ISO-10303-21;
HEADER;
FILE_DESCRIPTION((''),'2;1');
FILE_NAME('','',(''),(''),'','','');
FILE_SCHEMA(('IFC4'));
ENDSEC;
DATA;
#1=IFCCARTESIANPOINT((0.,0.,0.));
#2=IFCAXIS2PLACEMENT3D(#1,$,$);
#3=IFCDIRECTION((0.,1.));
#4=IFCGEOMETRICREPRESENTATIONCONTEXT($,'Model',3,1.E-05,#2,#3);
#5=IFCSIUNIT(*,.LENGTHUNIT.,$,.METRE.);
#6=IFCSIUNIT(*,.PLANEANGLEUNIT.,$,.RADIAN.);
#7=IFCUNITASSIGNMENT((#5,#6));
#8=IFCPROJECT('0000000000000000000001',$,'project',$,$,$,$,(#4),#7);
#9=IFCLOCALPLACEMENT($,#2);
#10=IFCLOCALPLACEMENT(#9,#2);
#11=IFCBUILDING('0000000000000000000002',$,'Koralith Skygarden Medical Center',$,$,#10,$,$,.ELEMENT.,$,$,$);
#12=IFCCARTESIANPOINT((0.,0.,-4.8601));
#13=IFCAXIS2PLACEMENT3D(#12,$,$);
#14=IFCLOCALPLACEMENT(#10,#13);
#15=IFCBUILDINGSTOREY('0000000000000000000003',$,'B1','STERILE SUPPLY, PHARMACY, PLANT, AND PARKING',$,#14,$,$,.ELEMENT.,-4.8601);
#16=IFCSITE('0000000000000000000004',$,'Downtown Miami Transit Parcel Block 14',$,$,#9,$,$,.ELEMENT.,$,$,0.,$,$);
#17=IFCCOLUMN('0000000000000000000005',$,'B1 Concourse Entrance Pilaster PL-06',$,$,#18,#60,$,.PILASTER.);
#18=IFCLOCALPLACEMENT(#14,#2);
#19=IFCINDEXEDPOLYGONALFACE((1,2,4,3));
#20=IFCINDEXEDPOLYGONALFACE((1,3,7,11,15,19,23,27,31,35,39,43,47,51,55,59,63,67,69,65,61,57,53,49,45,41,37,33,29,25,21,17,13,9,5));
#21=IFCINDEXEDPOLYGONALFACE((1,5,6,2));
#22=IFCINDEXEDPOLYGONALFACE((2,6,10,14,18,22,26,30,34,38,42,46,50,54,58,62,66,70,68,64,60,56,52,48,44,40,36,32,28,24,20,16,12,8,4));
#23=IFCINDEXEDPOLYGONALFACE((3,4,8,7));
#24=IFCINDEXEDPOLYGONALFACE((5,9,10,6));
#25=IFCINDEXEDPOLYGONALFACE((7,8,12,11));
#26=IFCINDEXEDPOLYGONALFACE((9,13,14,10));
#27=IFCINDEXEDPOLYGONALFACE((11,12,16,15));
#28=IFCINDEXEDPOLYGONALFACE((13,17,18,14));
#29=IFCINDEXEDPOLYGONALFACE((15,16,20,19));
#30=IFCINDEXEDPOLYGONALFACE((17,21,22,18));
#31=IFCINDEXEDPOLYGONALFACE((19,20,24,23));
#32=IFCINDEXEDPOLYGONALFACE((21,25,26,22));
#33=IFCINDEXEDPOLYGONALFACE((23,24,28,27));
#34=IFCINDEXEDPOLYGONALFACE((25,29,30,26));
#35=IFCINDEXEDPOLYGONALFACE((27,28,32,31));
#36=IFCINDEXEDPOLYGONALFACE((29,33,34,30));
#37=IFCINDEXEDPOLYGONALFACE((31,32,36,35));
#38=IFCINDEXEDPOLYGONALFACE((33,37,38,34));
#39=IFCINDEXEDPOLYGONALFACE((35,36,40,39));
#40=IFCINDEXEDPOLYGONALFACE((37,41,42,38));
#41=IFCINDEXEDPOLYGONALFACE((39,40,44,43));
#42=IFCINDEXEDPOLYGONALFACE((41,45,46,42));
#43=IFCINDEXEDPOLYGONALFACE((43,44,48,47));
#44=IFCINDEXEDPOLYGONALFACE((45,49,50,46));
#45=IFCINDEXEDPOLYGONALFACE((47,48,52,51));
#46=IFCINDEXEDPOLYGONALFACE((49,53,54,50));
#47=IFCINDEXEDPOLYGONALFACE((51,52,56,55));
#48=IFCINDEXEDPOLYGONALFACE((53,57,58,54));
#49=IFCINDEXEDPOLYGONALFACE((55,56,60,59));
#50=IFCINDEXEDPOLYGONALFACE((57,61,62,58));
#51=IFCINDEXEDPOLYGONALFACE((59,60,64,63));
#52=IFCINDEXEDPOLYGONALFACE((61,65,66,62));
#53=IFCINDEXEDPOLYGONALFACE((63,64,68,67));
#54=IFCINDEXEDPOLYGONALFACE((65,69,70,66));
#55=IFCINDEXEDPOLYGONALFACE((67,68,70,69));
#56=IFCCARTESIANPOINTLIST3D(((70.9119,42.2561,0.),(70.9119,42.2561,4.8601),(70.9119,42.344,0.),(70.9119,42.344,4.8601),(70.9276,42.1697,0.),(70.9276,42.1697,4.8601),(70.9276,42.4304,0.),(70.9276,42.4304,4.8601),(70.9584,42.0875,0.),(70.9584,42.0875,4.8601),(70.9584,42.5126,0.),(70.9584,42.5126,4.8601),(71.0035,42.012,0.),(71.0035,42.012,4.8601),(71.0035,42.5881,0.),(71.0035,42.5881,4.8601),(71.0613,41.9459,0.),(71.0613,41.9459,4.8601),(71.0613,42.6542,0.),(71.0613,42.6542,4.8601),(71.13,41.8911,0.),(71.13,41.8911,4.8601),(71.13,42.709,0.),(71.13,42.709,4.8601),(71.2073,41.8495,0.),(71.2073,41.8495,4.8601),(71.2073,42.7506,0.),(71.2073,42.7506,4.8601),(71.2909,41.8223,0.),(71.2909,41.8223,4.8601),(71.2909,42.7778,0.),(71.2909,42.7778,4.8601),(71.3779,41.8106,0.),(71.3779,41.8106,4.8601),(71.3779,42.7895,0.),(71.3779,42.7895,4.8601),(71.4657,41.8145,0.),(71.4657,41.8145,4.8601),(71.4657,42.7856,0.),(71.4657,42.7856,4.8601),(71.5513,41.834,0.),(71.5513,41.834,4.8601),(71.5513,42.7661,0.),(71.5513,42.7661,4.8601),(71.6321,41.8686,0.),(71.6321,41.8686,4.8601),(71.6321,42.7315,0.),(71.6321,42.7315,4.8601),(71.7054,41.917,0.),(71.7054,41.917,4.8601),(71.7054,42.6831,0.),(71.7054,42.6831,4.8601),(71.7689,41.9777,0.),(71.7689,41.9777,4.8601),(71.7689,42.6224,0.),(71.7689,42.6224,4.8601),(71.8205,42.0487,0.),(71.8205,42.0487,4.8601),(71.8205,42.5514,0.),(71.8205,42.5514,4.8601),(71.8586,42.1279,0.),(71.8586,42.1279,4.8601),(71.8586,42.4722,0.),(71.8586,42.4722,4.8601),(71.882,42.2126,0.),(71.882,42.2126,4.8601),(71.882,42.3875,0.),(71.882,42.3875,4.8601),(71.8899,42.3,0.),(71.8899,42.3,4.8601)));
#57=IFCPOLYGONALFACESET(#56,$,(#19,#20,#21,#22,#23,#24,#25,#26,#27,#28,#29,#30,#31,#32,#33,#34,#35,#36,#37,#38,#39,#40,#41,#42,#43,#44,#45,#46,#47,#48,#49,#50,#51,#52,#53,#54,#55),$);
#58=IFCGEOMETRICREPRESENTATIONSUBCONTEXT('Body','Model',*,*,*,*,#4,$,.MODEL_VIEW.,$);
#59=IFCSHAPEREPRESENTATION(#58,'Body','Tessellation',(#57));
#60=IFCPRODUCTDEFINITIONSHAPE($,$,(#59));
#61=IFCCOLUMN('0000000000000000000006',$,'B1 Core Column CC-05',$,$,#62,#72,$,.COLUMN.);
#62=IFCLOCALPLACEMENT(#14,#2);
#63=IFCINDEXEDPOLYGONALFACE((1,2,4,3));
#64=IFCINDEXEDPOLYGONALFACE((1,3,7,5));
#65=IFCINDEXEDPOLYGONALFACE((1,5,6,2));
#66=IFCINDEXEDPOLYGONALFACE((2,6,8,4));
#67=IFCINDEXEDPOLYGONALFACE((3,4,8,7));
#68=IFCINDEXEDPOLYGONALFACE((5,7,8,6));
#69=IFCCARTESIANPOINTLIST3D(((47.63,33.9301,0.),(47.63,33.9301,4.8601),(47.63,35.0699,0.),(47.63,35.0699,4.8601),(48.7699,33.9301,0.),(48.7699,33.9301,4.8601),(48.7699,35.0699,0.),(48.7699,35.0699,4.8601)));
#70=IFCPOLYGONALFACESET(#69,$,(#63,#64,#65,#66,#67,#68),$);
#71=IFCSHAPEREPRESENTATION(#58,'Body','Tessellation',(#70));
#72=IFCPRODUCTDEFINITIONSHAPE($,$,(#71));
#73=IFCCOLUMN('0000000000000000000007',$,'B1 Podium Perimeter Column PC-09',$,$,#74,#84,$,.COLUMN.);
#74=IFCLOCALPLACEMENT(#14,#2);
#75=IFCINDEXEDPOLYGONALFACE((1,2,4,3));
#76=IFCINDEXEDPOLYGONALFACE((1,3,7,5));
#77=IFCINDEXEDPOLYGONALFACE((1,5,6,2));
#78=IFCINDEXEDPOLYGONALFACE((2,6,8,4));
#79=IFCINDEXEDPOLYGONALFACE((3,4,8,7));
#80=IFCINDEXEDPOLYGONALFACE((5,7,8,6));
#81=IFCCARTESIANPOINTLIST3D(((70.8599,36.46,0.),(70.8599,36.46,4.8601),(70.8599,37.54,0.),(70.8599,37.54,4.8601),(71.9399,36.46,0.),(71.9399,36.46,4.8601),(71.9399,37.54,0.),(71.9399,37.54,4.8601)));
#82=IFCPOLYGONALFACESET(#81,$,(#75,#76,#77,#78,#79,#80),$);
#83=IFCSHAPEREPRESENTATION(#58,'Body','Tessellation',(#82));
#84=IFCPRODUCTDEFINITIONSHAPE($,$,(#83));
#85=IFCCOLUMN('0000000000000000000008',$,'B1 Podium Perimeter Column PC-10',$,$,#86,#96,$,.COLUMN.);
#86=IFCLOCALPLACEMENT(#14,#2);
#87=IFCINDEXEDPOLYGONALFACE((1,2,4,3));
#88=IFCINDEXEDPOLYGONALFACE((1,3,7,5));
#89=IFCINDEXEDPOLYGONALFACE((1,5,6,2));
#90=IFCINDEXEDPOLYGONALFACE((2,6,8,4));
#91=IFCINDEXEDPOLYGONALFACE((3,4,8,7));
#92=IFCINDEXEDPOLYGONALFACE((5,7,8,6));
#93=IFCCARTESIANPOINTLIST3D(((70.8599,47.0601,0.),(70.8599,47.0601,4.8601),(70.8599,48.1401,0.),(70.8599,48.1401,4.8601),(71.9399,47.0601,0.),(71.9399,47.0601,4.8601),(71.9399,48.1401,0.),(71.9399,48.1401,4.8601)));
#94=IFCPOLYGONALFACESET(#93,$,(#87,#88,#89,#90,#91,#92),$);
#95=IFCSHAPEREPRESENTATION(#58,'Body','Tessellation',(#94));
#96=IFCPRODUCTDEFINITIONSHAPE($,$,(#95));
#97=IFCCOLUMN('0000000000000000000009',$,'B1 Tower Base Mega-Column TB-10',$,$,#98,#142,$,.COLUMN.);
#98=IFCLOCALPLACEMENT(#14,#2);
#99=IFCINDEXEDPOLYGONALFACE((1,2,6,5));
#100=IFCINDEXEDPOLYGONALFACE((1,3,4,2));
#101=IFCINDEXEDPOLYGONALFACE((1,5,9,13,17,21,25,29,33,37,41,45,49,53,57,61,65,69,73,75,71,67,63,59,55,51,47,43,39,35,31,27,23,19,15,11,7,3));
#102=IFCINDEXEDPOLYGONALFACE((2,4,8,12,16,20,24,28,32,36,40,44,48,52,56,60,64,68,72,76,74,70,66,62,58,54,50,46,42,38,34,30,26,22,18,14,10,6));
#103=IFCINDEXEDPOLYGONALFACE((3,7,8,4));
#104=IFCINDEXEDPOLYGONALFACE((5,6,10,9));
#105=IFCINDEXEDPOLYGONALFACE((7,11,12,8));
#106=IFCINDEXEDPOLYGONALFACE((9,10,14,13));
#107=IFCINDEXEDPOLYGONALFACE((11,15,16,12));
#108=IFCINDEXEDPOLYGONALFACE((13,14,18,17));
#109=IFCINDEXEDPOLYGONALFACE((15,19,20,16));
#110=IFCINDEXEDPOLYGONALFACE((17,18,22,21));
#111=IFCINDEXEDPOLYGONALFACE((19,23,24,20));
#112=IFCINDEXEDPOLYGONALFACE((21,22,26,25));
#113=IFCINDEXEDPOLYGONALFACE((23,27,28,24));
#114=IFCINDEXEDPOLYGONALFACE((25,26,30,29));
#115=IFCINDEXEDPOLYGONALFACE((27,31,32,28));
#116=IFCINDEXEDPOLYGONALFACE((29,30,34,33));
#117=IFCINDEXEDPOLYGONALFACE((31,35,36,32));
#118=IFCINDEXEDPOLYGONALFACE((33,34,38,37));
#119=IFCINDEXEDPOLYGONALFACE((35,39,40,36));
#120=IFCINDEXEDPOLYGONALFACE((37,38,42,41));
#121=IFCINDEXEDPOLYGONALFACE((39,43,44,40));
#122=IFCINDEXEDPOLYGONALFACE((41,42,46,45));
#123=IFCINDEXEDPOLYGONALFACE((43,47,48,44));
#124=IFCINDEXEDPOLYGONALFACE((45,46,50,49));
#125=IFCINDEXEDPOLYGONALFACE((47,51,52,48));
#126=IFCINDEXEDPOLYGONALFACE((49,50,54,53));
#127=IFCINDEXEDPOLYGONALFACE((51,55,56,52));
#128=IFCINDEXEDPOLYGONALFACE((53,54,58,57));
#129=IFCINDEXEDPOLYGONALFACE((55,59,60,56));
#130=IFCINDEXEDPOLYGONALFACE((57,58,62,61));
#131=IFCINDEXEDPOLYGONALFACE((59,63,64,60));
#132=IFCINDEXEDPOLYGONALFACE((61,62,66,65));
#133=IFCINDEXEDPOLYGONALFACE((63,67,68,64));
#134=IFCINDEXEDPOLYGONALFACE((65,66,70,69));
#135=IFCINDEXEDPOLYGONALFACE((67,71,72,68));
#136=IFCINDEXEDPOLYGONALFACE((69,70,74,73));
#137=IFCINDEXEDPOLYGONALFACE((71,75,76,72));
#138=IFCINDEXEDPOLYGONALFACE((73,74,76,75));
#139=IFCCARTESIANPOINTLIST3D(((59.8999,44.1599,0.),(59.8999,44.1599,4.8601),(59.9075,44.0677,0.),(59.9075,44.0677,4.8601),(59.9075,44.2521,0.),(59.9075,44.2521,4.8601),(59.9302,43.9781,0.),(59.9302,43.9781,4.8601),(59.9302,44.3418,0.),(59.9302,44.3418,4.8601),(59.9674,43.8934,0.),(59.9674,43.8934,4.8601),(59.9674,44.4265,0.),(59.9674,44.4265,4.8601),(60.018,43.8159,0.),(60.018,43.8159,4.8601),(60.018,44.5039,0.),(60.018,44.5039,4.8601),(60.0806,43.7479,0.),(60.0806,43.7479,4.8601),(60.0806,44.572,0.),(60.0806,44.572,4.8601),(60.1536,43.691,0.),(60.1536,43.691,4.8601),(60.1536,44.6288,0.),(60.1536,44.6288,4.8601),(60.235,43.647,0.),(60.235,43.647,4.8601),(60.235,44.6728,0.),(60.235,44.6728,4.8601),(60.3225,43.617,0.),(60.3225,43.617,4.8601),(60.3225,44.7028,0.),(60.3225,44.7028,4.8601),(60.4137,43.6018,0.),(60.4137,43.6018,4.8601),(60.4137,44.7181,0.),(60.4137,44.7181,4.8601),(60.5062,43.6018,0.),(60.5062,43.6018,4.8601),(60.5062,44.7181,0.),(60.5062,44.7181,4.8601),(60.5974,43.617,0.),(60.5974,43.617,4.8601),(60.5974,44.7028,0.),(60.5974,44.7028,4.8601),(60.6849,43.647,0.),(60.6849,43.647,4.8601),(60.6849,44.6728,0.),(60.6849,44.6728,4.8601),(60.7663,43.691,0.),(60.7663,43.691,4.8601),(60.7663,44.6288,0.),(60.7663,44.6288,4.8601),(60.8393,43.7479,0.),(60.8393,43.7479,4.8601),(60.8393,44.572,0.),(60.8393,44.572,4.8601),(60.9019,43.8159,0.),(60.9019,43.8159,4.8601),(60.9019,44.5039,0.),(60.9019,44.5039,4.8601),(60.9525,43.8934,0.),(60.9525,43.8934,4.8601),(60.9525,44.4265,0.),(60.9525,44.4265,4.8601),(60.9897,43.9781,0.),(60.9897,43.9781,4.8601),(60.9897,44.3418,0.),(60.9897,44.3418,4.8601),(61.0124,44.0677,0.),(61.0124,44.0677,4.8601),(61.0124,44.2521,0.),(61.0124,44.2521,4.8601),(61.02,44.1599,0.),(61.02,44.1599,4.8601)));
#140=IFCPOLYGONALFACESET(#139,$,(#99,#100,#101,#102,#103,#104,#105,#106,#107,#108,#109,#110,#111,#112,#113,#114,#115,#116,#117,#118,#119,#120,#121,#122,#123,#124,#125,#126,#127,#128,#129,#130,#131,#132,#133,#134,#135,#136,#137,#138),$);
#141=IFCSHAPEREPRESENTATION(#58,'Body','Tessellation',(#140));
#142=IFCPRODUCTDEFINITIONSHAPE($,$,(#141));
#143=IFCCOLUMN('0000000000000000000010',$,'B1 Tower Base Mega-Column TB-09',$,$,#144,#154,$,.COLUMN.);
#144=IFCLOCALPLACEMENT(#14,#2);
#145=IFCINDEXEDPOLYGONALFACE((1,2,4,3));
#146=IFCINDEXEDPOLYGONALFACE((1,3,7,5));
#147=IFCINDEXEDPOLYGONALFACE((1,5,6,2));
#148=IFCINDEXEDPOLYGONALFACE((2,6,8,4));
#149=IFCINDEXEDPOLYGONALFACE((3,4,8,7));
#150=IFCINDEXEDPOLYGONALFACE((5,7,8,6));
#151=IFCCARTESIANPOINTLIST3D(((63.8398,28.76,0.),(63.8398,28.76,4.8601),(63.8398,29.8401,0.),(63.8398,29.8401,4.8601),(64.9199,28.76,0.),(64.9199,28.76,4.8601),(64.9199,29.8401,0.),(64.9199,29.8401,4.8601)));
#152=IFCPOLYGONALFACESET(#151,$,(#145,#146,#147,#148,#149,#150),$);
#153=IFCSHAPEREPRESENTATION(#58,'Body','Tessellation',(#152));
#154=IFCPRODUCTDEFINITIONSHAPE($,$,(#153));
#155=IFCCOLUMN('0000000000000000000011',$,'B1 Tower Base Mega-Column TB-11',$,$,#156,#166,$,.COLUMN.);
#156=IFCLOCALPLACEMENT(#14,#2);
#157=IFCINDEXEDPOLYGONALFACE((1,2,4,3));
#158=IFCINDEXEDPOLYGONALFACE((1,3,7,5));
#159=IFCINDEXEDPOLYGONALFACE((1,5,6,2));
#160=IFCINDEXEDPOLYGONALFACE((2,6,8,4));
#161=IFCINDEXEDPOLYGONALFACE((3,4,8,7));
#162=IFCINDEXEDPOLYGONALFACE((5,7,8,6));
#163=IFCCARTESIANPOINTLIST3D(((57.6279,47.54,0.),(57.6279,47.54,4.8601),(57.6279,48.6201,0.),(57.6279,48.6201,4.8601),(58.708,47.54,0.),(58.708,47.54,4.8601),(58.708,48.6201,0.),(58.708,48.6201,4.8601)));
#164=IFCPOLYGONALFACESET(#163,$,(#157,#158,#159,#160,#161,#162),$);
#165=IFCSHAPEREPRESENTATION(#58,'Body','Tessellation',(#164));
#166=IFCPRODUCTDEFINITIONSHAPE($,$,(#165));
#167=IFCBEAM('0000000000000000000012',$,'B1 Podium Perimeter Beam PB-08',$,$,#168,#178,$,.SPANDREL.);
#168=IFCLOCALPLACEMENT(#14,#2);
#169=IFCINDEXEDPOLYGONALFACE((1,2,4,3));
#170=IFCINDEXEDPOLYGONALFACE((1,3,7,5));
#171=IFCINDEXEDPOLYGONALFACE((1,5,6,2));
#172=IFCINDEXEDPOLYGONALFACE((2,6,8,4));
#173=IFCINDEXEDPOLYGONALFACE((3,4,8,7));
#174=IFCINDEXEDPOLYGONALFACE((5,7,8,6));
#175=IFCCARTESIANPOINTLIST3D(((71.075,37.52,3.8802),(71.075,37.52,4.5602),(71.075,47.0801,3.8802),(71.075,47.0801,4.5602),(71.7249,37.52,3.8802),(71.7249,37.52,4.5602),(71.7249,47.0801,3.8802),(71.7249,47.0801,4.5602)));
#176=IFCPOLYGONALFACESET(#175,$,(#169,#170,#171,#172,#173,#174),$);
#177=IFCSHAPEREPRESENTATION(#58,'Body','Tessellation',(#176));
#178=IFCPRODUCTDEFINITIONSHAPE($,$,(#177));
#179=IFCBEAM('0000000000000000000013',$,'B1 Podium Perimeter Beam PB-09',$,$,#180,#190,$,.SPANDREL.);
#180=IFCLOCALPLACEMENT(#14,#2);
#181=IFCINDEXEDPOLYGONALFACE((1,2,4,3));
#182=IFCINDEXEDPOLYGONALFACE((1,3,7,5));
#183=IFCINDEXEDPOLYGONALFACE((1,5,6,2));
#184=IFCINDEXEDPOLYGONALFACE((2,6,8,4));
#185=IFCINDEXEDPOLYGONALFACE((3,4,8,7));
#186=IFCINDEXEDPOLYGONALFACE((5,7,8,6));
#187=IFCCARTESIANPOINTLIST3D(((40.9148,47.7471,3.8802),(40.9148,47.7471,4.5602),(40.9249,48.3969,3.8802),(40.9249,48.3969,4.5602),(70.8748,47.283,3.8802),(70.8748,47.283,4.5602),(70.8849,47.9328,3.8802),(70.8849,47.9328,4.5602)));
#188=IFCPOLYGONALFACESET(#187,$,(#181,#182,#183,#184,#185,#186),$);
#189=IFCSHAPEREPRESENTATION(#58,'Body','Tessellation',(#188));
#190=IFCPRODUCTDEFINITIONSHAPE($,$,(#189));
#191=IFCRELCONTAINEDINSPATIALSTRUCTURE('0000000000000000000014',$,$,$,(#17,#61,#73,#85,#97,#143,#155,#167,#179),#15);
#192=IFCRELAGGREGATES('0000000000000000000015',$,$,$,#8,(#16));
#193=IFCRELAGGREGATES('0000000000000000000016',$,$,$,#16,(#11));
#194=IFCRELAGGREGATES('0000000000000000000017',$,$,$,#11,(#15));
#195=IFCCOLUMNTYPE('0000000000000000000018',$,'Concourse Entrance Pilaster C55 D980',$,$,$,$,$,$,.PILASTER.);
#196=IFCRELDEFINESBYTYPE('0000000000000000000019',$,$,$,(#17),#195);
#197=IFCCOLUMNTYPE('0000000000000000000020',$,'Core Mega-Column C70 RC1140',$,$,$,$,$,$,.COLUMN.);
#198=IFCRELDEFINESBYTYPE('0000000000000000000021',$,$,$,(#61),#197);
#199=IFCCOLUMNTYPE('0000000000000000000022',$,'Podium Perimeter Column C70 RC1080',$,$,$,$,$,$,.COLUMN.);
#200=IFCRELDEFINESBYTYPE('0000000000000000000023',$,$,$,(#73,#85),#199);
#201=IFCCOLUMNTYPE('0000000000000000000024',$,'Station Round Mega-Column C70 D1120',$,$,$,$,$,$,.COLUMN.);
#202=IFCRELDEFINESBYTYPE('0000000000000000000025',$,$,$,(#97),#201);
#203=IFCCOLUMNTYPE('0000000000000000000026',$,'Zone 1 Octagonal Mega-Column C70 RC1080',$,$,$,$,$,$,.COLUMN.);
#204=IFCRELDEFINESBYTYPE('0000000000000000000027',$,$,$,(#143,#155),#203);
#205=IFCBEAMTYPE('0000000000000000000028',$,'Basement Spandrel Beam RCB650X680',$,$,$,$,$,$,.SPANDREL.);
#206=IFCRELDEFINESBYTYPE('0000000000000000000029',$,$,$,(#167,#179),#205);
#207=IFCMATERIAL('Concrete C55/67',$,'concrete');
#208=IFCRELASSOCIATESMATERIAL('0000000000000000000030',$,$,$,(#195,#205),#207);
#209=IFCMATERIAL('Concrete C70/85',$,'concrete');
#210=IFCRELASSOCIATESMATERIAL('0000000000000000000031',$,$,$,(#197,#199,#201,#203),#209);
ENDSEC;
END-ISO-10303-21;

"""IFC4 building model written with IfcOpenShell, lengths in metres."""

from ifc_helpers import new_model, si_unit, direction, frame, origin, origin_2d, place, context, subcontext, project, spatial, rectangle, circle, extrude, material, material_profile, profile_set, type_object, element, save


model = new_model("IFC4")

# Units and contexts
model_context = context("Model", 3, precision=1e-05, world=origin(), true_north=direction((0.0, 1.0)))
body_context = subcontext(model_context, "Body", "Model", "MODEL_VIEW")
ifc_project = project(units=[si_unit("LENGTHUNIT", "METRE"), si_unit("PLANEANGLEUNIT", "RADIAN")], contexts=[model_context])

# Site, building, storey
site_placement = place(None, origin())
site = spatial("IfcSite", under=ifc_project, at=site_placement, Name="Downtown Miami Transit Parcel Block 14", CompositionType="ELEMENT", RefElevation=0.0)
building_placement = place(site_placement, origin())
building = spatial("IfcBuilding", under=site, at=building_placement, Name="Koralith Skygarden Medical Center", CompositionType="ELEMENT")
storey_placement = place(building_placement, frame((0.0, 0.0, -4.8601)))
storey = spatial("IfcBuildingStorey", under=building, at=storey_placement, Name="B1", Description="STERILE SUPPLY, PHARMACY, PLANT, AND PARKING", CompositionType="ELEMENT", Elevation=-4.8601)

# Columns
ifc_material_1 = material(Name="Concrete C55/67", Category="concrete")
ifc_material_profile_1 = material_profile(ifc_material_1, circle(Radius=0.49, at=origin_2d()), Name="RCCOL980")
ifc_profile_set_1 = profile_set([ifc_material_profile_1], Name="Concrete C55/67")
column_type_1 = type_object("IfcColumnType", Name="Concourse Entrance Pilaster C55 D980", PredefinedType="PILASTER", material=ifc_profile_set_1)
column_1_placement = place(storey_placement, frame((71.3999, 42.3, 0.0), z_axis=(0.0, 0.0, 1.0), x_axis=(1.0, 0.0, 0.0)))
element("IfcColumn", 1, at=column_1_placement, inside=storey, type_object=column_type_1, Name="B1 Concourse Entrance Pilaster PL-06", PredefinedType="PILASTER", context=body_context, shape_type="SweptSolid", body=[
    extrude(circle(Radius=0.49, at=origin_2d()), origin(), (0.0, 0.0, 1.0), 4.8601),
])
ifc_material_2 = material(Name="Concrete C70/85", Category="concrete")
ifc_material_profile_2 = material_profile(ifc_material_2, rectangle(XDim=1.1399, YDim=1.1399, at=origin_2d()), Name="RC1140X1140")
ifc_profile_set_2 = profile_set([ifc_material_profile_2], Name="Concrete C70/85")
column_type_2 = type_object("IfcColumnType", Name="Core Mega-Column C70 RC1140", PredefinedType="COLUMN", material=ifc_profile_set_2)
column_2_placement = place(storey_placement, frame((48.2, 34.5, 0.0), z_axis=(0.0, 0.0, 1.0), x_axis=(1.0, 0.0, 0.0)))
element("IfcColumn", 2, at=column_2_placement, inside=storey, type_object=column_type_2, Name="B1 Core Column CC-05", PredefinedType="COLUMN", context=body_context, shape_type="SweptSolid", body=[
    extrude(rectangle(XDim=1.1399, YDim=1.1399, at=origin_2d()), origin(), (0.0, 0.0, 1.0), 4.8601),
])
ifc_material_profile_3 = material_profile(ifc_material_2, rectangle(XDim=1.0801, YDim=1.0801, at=origin_2d()), Name="RC1080X1080")
ifc_profile_set_3 = profile_set([ifc_material_profile_3], Name="Concrete C70/85")
column_type_3 = type_object("IfcColumnType", Name="Podium Perimeter Column C70 RC1080", PredefinedType="COLUMN", material=ifc_profile_set_3)
for number, where, z_axis, x_axis, name in (
    (3, (71.3999, 37.0, 0.0), (0.0, 0.0, 1.0), (1.0, 0.0, 0.0), "B1 Podium Perimeter Column PC-09"),
    (4, (71.3999, 47.6001, 0.0), (0.0, 0.0, 1.0), (1.0, 0.0, 0.0), "B1 Podium Perimeter Column PC-10"),
):
    element("IfcColumn", number, at=place(storey_placement, frame(where, z_axis=z_axis, x_axis=x_axis)), inside=storey, type_object=column_type_3, Name=name, PredefinedType="COLUMN", context=body_context, shape_type="SweptSolid", body=[
        extrude(rectangle(XDim=1.0801, YDim=1.0801, at=origin_2d()), origin(), (0.0, 0.0, 1.0), 4.8601),
    ])
ifc_material_profile_4 = material_profile(ifc_material_2, circle(Radius=0.5601, at=origin_2d()), Name="RCCOL1120")
ifc_profile_set_4 = profile_set([ifc_material_profile_4], Name="Concrete C70/85")
column_type_4 = type_object("IfcColumnType", Name="Station Round Mega-Column C70 D1120", PredefinedType="COLUMN", material=ifc_profile_set_4)
column_3_placement = place(storey_placement, frame((60.46, 44.1599, 0.0), z_axis=(0.0, 0.0, 1.0), x_axis=(1.0, 0.0, 0.0)))
element("IfcColumn", 5, at=column_3_placement, inside=storey, type_object=column_type_4, Name="B1 Tower Base Mega-Column TB-10", PredefinedType="COLUMN", context=body_context, shape_type="SweptSolid", body=[
    extrude(circle(Radius=0.5601, at=origin_2d()), origin(), (0.0, 0.0, 1.0), 4.8601),
])
ifc_material_profile_5 = material_profile(ifc_material_2, rectangle(XDim=1.0801, YDim=1.0801, at=origin_2d()), Name="RC1080X1080")
ifc_profile_set_5 = profile_set([ifc_material_profile_5], Name="Concrete C70/85")
column_type_5 = type_object("IfcColumnType", Name="Zone 1 Octagonal Mega-Column C70 RC1080", PredefinedType="COLUMN", material=ifc_profile_set_5)
for number, where, z_axis, x_axis, name in (
    (6, (64.3799, 29.3, 0.0), (0.0, 0.0, 1.0), (1.0, 0.0, 0.0), "B1 Tower Base Mega-Column TB-09"),
    (7, (58.168, 48.0801, 0.0), (0.0, 0.0, 1.0), (1.0, 0.0, 0.0), "B1 Tower Base Mega-Column TB-11"),
):
    element("IfcColumn", number, at=place(storey_placement, frame(where, z_axis=z_axis, x_axis=x_axis)), inside=storey, type_object=column_type_5, Name=name, PredefinedType="COLUMN", context=body_context, shape_type="SweptSolid", body=[
        extrude(rectangle(XDim=1.0801, YDim=1.0801, at=origin_2d()), origin(), (0.0, 0.0, 1.0), 4.8601),
    ])

# Beams
ifc_material_profile_6 = material_profile(ifc_material_1, rectangle(XDim=0.6499, YDim=0.6799, at=origin_2d()), Name="RCB650X680")
ifc_profile_set_6 = profile_set([ifc_material_profile_6], Name="Concrete C55/67")
beam_type_1 = type_object("IfcBeamType", Name="Basement Spandrel Beam RCB650X680", PredefinedType="SPANDREL", material=ifc_profile_set_6)
beam_1_placement = place(storey_placement, frame((71.3999, 37.52, 4.2202), z_axis=(0.0, 1.0, 0.0), x_axis=(-1.0, 0.0, 0.0)))
element("IfcBeam", 8, at=beam_1_placement, inside=storey, type_object=beam_type_1, Name="B1 Podium Perimeter Beam PB-08", PredefinedType="SPANDREL", context=body_context, shape_type="SweptSolid", body=[
    extrude(rectangle(XDim=0.6499, YDim=0.6799, at=origin_2d()), origin(), (0.0, 0.0, 1.0), 9.5601),
])
beam_2_placement = place(storey_placement, frame((70.8799, 47.6079, 4.2202), z_axis=(-0.99988, 0.015489, 0.0), x_axis=(-0.015489, -0.99988, 0.0)))
element("IfcBeam", 9, at=beam_2_placement, inside=storey, type_object=beam_type_1, Name="B1 Podium Perimeter Beam PB-09", PredefinedType="SPANDREL", context=body_context, shape_type="SweptSolid", body=[
    extrude(rectangle(XDim=0.6499, YDim=0.6799, at=origin_2d()), origin(), (0.0, 0.0, 1.0), 29.9636),
])

save(model, "model.ifc")
